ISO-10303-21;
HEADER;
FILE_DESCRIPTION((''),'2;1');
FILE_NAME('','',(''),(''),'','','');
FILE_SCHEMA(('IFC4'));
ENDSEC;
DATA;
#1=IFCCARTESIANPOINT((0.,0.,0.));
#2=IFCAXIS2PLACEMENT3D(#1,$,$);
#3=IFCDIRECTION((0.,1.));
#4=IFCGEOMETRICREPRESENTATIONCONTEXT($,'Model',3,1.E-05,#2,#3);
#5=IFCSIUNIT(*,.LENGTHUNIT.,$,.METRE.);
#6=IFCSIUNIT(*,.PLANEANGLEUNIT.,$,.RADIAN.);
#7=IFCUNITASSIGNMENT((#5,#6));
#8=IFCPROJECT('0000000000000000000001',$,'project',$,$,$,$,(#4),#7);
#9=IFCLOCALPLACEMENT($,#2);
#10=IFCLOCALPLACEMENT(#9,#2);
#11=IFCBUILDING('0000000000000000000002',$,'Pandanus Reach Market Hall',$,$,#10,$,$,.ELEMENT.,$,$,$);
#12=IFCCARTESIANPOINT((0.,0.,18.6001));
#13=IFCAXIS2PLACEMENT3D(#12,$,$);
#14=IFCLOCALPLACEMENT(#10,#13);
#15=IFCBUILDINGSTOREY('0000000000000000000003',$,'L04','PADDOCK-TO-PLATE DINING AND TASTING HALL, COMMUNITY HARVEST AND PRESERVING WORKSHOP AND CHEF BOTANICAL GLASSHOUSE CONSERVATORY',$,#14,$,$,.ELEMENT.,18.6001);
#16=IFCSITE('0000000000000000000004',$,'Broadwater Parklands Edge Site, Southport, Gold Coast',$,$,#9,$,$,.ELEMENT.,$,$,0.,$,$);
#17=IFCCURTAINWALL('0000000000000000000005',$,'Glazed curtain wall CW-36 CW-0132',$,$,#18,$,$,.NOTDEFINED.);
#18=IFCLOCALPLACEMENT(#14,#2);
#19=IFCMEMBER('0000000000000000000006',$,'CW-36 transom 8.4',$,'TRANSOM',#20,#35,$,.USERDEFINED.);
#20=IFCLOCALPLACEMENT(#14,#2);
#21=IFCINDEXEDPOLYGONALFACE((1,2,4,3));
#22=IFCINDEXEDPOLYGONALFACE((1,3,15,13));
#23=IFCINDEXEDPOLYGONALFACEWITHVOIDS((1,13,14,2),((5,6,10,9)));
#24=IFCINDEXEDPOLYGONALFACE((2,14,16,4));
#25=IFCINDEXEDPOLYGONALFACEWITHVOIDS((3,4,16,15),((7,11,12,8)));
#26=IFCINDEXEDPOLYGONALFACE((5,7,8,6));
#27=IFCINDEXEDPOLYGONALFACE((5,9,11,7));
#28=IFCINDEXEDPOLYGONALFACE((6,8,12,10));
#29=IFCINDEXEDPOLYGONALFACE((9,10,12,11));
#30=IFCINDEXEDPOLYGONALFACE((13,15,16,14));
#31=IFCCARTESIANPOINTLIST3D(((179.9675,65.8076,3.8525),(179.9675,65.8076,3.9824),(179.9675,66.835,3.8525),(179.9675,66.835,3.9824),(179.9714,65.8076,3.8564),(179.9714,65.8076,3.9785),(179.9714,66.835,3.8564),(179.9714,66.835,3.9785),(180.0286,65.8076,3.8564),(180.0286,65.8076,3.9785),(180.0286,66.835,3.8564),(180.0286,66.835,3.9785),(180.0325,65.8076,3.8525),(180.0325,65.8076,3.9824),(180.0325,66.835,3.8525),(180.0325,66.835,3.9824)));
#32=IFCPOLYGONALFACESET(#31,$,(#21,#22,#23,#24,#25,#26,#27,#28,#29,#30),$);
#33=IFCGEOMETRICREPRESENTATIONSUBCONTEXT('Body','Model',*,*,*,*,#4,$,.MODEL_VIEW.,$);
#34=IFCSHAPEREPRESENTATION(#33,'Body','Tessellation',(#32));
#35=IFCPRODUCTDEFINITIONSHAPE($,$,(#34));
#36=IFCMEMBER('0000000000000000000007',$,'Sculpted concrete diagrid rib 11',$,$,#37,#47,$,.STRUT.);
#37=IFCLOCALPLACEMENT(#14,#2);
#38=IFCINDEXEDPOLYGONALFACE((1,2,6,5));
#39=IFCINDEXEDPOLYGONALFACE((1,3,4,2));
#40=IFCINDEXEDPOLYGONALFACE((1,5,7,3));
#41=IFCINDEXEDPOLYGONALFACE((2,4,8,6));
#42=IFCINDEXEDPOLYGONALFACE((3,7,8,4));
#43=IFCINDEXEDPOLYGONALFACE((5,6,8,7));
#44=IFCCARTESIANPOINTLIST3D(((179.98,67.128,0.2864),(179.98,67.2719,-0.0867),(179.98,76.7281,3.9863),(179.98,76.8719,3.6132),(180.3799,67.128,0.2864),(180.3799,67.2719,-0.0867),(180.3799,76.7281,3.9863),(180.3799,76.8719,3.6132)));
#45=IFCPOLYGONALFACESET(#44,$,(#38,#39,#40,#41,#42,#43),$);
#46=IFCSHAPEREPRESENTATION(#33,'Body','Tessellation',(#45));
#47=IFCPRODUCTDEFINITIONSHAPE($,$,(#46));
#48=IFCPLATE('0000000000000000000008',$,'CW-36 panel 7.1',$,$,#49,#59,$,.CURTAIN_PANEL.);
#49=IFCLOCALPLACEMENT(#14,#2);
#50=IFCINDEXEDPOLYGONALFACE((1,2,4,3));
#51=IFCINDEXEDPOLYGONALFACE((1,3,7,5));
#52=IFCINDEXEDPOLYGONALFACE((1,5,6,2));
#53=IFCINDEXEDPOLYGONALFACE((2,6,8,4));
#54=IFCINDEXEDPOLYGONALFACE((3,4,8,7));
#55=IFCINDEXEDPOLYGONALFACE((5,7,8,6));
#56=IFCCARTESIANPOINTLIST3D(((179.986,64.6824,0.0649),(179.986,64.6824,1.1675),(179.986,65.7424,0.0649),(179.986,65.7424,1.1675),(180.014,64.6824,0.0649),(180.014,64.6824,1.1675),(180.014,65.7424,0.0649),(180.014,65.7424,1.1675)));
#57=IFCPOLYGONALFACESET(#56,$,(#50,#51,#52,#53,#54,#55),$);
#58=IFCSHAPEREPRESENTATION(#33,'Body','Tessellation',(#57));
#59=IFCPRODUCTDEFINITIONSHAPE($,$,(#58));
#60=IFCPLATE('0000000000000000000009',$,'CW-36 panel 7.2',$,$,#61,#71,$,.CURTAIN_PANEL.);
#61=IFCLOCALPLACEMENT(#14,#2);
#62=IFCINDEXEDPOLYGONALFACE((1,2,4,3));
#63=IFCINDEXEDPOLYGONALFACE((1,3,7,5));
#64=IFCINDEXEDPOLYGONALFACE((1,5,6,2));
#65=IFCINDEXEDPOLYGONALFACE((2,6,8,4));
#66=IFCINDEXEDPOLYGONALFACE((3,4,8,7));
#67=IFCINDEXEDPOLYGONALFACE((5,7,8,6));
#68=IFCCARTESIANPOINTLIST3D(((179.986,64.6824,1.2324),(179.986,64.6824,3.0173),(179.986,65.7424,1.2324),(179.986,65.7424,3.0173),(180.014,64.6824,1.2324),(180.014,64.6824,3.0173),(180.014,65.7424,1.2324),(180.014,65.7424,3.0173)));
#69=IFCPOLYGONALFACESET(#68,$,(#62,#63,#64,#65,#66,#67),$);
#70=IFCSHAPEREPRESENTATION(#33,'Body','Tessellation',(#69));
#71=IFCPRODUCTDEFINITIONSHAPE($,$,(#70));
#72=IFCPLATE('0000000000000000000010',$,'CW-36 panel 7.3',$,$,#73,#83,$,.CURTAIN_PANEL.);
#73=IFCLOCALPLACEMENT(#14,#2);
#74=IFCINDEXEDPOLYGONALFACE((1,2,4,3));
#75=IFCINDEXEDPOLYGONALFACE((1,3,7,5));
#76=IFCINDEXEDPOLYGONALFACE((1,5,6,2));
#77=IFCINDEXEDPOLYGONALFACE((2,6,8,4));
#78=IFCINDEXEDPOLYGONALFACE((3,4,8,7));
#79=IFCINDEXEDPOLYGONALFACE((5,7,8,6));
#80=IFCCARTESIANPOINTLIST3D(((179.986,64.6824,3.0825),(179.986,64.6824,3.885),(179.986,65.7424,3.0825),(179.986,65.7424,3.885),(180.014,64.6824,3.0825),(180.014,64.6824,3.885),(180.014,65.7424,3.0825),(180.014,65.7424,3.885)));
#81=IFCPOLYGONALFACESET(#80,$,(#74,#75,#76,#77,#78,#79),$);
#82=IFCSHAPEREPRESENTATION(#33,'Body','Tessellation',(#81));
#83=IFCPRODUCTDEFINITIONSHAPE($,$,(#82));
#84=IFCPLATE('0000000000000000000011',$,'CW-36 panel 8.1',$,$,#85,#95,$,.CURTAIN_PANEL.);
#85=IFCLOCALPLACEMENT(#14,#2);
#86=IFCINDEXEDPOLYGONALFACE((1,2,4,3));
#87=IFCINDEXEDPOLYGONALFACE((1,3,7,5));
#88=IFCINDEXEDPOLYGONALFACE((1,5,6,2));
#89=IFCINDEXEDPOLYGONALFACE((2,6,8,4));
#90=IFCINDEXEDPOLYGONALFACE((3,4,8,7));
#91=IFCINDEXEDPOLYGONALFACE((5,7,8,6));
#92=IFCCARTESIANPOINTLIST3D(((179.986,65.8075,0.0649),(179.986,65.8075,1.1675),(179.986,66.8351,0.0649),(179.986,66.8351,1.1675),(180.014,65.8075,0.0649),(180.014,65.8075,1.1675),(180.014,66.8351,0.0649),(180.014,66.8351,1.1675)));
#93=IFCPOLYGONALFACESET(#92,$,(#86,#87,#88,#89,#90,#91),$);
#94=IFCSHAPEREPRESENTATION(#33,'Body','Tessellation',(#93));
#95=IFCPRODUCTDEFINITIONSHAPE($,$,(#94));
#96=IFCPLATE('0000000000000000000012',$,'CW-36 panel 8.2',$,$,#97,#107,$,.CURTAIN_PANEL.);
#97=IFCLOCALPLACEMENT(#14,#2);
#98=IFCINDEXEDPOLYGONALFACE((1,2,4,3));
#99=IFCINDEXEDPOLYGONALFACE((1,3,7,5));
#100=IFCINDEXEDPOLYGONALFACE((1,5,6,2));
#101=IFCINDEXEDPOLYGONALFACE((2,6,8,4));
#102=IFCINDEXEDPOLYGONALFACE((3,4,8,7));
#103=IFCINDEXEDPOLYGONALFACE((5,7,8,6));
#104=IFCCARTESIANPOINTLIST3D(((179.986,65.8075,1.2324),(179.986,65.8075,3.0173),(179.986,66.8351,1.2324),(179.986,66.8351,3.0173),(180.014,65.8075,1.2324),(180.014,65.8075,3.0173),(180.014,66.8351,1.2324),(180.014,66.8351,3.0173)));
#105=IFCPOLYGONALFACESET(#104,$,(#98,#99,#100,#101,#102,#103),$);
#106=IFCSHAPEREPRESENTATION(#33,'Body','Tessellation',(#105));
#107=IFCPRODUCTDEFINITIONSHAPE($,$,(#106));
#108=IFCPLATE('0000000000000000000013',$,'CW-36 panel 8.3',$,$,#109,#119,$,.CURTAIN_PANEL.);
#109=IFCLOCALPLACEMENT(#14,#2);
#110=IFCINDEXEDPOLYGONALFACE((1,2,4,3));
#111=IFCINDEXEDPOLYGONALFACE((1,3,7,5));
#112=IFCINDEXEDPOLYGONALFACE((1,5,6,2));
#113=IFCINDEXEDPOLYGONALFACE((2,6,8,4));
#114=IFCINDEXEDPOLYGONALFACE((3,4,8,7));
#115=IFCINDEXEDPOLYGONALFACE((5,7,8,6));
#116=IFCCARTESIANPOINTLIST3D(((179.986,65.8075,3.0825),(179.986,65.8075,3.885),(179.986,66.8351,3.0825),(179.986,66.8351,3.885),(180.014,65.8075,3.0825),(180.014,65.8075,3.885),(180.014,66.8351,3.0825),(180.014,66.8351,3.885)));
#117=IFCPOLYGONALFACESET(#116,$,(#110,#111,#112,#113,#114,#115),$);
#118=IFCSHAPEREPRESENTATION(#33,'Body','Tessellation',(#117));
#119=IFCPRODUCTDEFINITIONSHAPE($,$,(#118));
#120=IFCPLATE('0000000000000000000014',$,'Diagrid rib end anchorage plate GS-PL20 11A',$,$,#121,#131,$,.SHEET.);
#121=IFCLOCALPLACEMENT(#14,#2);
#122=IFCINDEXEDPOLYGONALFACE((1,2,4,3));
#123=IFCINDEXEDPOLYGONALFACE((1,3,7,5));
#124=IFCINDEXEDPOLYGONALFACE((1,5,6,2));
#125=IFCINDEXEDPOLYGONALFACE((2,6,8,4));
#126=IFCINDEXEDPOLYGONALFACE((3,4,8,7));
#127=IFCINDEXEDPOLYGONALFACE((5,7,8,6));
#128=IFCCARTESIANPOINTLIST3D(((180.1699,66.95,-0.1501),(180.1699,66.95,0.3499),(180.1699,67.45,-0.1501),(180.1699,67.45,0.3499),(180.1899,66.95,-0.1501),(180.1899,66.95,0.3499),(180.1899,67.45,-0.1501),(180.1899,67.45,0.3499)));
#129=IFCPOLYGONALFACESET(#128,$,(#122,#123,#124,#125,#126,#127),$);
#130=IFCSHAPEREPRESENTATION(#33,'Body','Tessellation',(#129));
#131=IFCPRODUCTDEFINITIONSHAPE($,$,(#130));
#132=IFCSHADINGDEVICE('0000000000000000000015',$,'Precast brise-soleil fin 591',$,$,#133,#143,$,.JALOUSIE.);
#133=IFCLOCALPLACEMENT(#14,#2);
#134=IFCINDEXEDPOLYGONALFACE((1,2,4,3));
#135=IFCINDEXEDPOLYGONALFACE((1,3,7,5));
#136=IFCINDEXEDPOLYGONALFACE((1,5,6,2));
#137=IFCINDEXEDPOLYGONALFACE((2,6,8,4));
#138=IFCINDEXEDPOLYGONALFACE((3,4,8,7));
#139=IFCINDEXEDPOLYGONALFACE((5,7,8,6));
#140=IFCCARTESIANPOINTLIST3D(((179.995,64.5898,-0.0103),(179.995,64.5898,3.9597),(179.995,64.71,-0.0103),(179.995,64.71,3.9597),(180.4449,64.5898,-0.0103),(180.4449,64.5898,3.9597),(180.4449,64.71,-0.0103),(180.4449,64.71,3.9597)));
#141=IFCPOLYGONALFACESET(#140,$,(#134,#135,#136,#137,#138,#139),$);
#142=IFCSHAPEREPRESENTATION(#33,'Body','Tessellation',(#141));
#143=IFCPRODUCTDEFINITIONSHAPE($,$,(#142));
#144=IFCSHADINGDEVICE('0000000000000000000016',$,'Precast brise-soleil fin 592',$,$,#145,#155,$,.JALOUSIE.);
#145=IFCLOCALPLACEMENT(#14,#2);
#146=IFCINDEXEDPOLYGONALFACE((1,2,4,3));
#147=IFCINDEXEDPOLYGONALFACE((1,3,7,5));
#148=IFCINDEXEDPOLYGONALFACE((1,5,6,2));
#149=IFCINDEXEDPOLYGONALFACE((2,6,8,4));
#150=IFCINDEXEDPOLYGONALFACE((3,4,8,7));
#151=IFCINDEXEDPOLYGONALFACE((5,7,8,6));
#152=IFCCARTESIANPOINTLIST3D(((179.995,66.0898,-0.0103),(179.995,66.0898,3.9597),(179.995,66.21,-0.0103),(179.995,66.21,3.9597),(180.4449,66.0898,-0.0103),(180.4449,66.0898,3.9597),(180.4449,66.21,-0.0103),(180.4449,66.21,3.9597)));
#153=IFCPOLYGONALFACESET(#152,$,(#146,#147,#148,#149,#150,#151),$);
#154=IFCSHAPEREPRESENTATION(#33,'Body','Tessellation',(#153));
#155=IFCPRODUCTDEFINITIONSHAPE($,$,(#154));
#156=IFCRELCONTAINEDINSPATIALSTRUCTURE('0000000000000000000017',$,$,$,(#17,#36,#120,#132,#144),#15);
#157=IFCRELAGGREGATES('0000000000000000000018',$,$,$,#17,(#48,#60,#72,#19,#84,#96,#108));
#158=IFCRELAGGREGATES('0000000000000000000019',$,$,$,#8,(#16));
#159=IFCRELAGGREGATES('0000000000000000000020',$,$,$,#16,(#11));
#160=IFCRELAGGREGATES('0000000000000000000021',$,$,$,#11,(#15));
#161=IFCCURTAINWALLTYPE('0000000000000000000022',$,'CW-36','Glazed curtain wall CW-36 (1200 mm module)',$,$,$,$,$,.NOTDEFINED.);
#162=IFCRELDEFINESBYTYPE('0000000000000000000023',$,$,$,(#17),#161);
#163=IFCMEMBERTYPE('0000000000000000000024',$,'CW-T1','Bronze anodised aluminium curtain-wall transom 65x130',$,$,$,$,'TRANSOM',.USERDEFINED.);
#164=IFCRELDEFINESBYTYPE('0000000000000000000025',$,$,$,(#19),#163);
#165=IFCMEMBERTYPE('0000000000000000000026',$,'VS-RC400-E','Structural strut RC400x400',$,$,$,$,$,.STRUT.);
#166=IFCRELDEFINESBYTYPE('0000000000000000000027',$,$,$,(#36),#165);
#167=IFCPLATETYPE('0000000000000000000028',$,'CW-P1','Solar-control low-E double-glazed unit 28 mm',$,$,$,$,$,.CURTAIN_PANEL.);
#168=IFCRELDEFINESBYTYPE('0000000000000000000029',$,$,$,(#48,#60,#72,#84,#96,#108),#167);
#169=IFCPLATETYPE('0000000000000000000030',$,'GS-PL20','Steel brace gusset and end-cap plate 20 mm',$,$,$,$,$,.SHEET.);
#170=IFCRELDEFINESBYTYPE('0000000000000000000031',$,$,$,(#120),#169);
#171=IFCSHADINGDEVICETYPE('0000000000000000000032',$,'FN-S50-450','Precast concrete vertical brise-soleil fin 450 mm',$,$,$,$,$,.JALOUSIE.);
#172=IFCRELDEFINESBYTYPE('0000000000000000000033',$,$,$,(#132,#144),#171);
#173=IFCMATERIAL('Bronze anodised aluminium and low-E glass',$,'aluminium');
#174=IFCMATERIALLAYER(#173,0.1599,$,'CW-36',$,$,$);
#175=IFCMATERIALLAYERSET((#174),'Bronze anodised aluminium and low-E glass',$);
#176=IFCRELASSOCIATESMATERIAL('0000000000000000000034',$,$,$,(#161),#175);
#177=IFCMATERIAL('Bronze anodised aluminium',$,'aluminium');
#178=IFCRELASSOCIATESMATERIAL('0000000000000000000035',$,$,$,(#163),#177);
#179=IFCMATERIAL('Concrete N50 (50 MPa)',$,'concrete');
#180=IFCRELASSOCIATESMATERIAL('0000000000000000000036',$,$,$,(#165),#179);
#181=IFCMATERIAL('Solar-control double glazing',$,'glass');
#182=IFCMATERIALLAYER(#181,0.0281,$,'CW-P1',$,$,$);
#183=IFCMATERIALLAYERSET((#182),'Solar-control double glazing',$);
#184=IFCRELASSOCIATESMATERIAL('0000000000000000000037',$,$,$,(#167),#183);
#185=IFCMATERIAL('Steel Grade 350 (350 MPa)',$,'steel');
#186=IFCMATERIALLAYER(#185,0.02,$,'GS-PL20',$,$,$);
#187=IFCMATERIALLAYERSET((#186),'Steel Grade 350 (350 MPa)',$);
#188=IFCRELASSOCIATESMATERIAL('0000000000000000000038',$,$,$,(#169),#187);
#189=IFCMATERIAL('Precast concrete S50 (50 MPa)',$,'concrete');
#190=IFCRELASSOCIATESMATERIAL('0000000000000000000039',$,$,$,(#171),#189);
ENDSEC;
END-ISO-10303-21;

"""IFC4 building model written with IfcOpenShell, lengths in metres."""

from ifc_helpers import new_model, si_unit, direction, frame, origin, origin_2d, place, context, subcontext, project, spatial, rectangle, hollow_rectangle, extrude, material, layer, layer_set, material_profile, profile_set, type_object, element, aggregate, save


model = new_model("IFC4")

# Units and contexts
model_context = context("Model", 3, precision=1e-05, world=origin(), true_north=direction((0.0, 1.0)))
body_context = subcontext(model_context, "Body", "Model", "MODEL_VIEW")
ifc_project = project(units=[si_unit("LENGTHUNIT", "METRE"), si_unit("PLANEANGLEUNIT", "RADIAN")], contexts=[model_context])

# Site, building, storey
site_placement = place(None, origin())
site = spatial("IfcSite", under=ifc_project, at=site_placement, Name="Broadwater Parklands Edge Site, Southport, Gold Coast", CompositionType="ELEMENT", RefElevation=0.0)
building_placement = place(site_placement, origin())
building = spatial("IfcBuilding", under=site, at=building_placement, Name="Pandanus Reach Market Hall", CompositionType="ELEMENT")
storey_placement = place(building_placement, frame((0.0, 0.0, 18.6001)))
storey = spatial("IfcBuildingStorey", under=building, at=storey_placement, Name="L04", Description="PADDOCK-TO-PLATE DINING AND TASTING HALL, COMMUNITY HARVEST AND PRESERVING WORKSHOP AND CHEF BOTANICAL GLASSHOUSE CONSERVATORY", CompositionType="ELEMENT", Elevation=18.6001)

# Curtain wall, member
ifc_material_1 = material(Name="Bronze anodised aluminium and low-E glass", Category="aluminium")
ifc_layer_1 = layer(ifc_material_1, 0.1599, Name="CW-36")
ifc_layer_set_1 = layer_set([ifc_layer_1], Name="Bronze anodised aluminium and low-E glass")
curtain_wall_type = type_object("IfcCurtainWallType", Name="CW-36", Description="Glazed curtain wall CW-36 (1200 mm module)", PredefinedType="NOTDEFINED", material=ifc_layer_set_1)
curtain_wall_placement = place(storey_placement, origin())
curtain_wall = element("IfcCurtainWall", 1, at=curtain_wall_placement, inside=storey, type_object=curtain_wall_type, Name="Glazed curtain wall CW-36 CW-0132", PredefinedType="NOTDEFINED")
ifc_material_2 = material(Name="Bronze anodised aluminium", Category="aluminium")
ifc_material_profile_1 = material_profile(ifc_material_2, hollow_rectangle(XDim=0.0649, YDim=0.1299, WallThickness=0.0039, at=origin_2d()), Name="ALU65x130", Category="LoadBearing")
ifc_profile_set_1 = profile_set([ifc_material_profile_1], Name="Bronze anodised aluminium")
member_type_1 = type_object("IfcMemberType", Name="CW-T1", Description="Bronze anodised aluminium curtain-wall transom 65x130", ElementType="TRANSOM", PredefinedType="USERDEFINED", material=ifc_profile_set_1)
member_1_placement = place(storey_placement, frame((180.0, 65.8076, 3.9175), z_axis=(0.0, 1.0, 0.0), x_axis=(-1.0, 0.0, 0.0)))
member_1 = element("IfcMember", 2, at=member_1_placement, type_object=member_type_1, Name="CW-36 transom 8.4", ObjectType="TRANSOM", PredefinedType="USERDEFINED", context=body_context, shape_type="SweptSolid", body=[
    extrude(hollow_rectangle(XDim=0.0649, YDim=0.1299, WallThickness=0.0039, at=origin_2d()), origin(), (0.0, 0.0, 1.0), 1.0273),
])

# Member
ifc_material_3 = material(Name="Concrete N50 (50 MPa)", Category="concrete")
ifc_material_profile_2 = material_profile(ifc_material_3, rectangle(XDim=0.3999, YDim=0.3999, at=origin_2d()), Name="RC400x400", Category="LoadBearing")
ifc_profile_set_2 = profile_set([ifc_material_profile_2], Name="Concrete N50 (50 MPa)")
member_type_2 = type_object("IfcMemberType", Name="VS-RC400-E", Description="Structural strut RC400x400", PredefinedType="STRUT", material=ifc_profile_set_2)
member_2_placement = place(storey_placement, frame((180.1799, 67.2, 0.0999), z_axis=(0.0, 0.933098, 0.359623), x_axis=(-1.0, 0.0, 0.0)))
element("IfcMember", 3, at=member_2_placement, inside=storey, type_object=member_type_2, Name="Sculpted concrete diagrid rib 11", PredefinedType="STRUT", context=body_context, shape_type="SweptSolid", body=[
    extrude(rectangle(XDim=0.3999, YDim=0.3999, at=origin_2d()), origin(), (0.0, 0.0, 1.0), 10.2883),
])

# Plates
ifc_material_4 = material(Name="Solar-control double glazing", Category="glass")
ifc_layer_2 = layer(ifc_material_4, 0.0281, Name="CW-P1")
ifc_layer_set_2 = layer_set([ifc_layer_2], Name="Solar-control double glazing")
plate_type_1 = type_object("IfcPlateType", Name="CW-P1", Description="Solar-control low-E double-glazed unit 28 mm", PredefinedType="CURTAIN_PANEL", material=ifc_layer_set_2)
plate_1_placement = place(storey_placement, frame((180.0, 65.2124, 0.0649), z_axis=(0.0, 0.0, 1.0), x_axis=(0.0, 1.0, 0.0)))
plate_1 = element("IfcPlate", 4, at=plate_1_placement, type_object=plate_type_1, Name="CW-36 panel 7.1", PredefinedType="CURTAIN_PANEL", context=body_context, shape_type="SweptSolid", body=[
    extrude(rectangle(XDim=1.0601, YDim=0.0281, at=origin_2d()), origin(), (0.0, 0.0, 1.0), 1.1025),
])
plate_2_placement = place(storey_placement, frame((180.0, 65.2124, 1.2324), z_axis=(0.0, 0.0, 1.0), x_axis=(0.0, 1.0, 0.0)))
plate_2 = element("IfcPlate", 5, at=plate_2_placement, type_object=plate_type_1, Name="CW-36 panel 7.2", PredefinedType="CURTAIN_PANEL", context=body_context, shape_type="SweptSolid", body=[
    extrude(rectangle(XDim=1.0601, YDim=0.0281, at=origin_2d()), origin(), (0.0, 0.0, 1.0), 1.7849),
])
plate_3_placement = place(storey_placement, frame((180.0, 65.2124, 3.0825), z_axis=(0.0, 0.0, 1.0), x_axis=(0.0, 1.0, 0.0)))
plate_3 = element("IfcPlate", 6, at=plate_3_placement, type_object=plate_type_1, Name="CW-36 panel 7.3", PredefinedType="CURTAIN_PANEL", context=body_context, shape_type="SweptSolid", body=[
    extrude(rectangle(XDim=1.0601, YDim=0.0281, at=origin_2d()), origin(), (0.0, 0.0, 1.0), 0.8025),
])
plate_4_placement = place(storey_placement, frame((180.0, 66.3213, 0.0649), z_axis=(0.0, 0.0, 1.0), x_axis=(0.0, 1.0, 0.0)))
plate_4 = element("IfcPlate", 7, at=plate_4_placement, type_object=plate_type_1, Name="CW-36 panel 8.1", PredefinedType="CURTAIN_PANEL", context=body_context, shape_type="SweptSolid", body=[
    extrude(rectangle(XDim=1.0276, YDim=0.0281, at=origin_2d()), origin(), (0.0, 0.0, 1.0), 1.1025),
])
plate_5_placement = place(storey_placement, frame((180.0, 66.3213, 1.2324), z_axis=(0.0, 0.0, 1.0), x_axis=(0.0, 1.0, 0.0)))
plate_5 = element("IfcPlate", 8, at=plate_5_placement, type_object=plate_type_1, Name="CW-36 panel 8.2", PredefinedType="CURTAIN_PANEL", context=body_context, shape_type="SweptSolid", body=[
    extrude(rectangle(XDim=1.0276, YDim=0.0281, at=origin_2d()), origin(), (0.0, 0.0, 1.0), 1.7849),
])
plate_6_placement = place(storey_placement, frame((180.0, 66.3213, 3.0825), z_axis=(0.0, 0.0, 1.0), x_axis=(0.0, 1.0, 0.0)))
plate_6 = element("IfcPlate", 9, at=plate_6_placement, type_object=plate_type_1, Name="CW-36 panel 8.3", PredefinedType="CURTAIN_PANEL", context=body_context, shape_type="SweptSolid", body=[
    extrude(rectangle(XDim=1.0276, YDim=0.0281, at=origin_2d()), origin(), (0.0, 0.0, 1.0), 0.8025),
])
aggregate(curtain_wall, [plate_1, plate_2, plate_3, member_1, plate_4, plate_5, plate_6])
ifc_material_5 = material(Name="Steel Grade 350 (350 MPa)", Category="steel")
ifc_layer_3 = layer(ifc_material_5, 0.02, Name="GS-PL20")
ifc_layer_set_3 = layer_set([ifc_layer_3], Name="Steel Grade 350 (350 MPa)")
plate_type_2 = type_object("IfcPlateType", Name="GS-PL20", Description="Steel brace gusset and end-cap plate 20 mm", PredefinedType="SHEET", material=ifc_layer_set_3)
plate_7_placement = place(storey_placement, frame((180.1799, 67.2, -0.1501), z_axis=(0.0, 0.0, 1.0), x_axis=(1.0, 0.0, 0.0)))
element("IfcPlate", 10, at=plate_7_placement, inside=storey, type_object=plate_type_2, Name="Diagrid rib end anchorage plate GS-PL20 11A", PredefinedType="SHEET", context=body_context, shape_type="SweptSolid", body=[
    extrude(rectangle(XDim=0.02, YDim=0.5, at=origin_2d()), origin(), (0.0, 0.0, 1.0), 0.5),
])

# Shading devices
ifc_material_6 = material(Name="Precast concrete S50 (50 MPa)", Category="concrete")
shading_device_type = type_object("IfcShadingDeviceType", Name="FN-S50-450", Description="Precast concrete vertical brise-soleil fin 450 mm", PredefinedType="JALOUSIE", material=ifc_material_6)
for number, where, z_axis, x_axis, name in (
    (11, (180.22, 64.6499, -0.0103), (0.0, 0.0, 1.0), (1.0, 0.0, 0.0), "Precast brise-soleil fin 591"),
    (12, (180.22, 66.1499, -0.0103), (0.0, 0.0, 1.0), (1.0, 0.0, 0.0), "Precast brise-soleil fin 592"),
):
    element("IfcShadingDevice", number, at=place(storey_placement, frame(where, z_axis=z_axis, x_axis=x_axis)), inside=storey, type_object=shading_device_type, Name=name, PredefinedType="JALOUSIE", context=body_context, shape_type="SweptSolid", body=[
        extrude(rectangle(XDim=0.45, YDim=0.1201, at=origin_2d()), origin(), (0.0, 0.0, 1.0), 3.97),
    ])

save(model, "model.ifc")
